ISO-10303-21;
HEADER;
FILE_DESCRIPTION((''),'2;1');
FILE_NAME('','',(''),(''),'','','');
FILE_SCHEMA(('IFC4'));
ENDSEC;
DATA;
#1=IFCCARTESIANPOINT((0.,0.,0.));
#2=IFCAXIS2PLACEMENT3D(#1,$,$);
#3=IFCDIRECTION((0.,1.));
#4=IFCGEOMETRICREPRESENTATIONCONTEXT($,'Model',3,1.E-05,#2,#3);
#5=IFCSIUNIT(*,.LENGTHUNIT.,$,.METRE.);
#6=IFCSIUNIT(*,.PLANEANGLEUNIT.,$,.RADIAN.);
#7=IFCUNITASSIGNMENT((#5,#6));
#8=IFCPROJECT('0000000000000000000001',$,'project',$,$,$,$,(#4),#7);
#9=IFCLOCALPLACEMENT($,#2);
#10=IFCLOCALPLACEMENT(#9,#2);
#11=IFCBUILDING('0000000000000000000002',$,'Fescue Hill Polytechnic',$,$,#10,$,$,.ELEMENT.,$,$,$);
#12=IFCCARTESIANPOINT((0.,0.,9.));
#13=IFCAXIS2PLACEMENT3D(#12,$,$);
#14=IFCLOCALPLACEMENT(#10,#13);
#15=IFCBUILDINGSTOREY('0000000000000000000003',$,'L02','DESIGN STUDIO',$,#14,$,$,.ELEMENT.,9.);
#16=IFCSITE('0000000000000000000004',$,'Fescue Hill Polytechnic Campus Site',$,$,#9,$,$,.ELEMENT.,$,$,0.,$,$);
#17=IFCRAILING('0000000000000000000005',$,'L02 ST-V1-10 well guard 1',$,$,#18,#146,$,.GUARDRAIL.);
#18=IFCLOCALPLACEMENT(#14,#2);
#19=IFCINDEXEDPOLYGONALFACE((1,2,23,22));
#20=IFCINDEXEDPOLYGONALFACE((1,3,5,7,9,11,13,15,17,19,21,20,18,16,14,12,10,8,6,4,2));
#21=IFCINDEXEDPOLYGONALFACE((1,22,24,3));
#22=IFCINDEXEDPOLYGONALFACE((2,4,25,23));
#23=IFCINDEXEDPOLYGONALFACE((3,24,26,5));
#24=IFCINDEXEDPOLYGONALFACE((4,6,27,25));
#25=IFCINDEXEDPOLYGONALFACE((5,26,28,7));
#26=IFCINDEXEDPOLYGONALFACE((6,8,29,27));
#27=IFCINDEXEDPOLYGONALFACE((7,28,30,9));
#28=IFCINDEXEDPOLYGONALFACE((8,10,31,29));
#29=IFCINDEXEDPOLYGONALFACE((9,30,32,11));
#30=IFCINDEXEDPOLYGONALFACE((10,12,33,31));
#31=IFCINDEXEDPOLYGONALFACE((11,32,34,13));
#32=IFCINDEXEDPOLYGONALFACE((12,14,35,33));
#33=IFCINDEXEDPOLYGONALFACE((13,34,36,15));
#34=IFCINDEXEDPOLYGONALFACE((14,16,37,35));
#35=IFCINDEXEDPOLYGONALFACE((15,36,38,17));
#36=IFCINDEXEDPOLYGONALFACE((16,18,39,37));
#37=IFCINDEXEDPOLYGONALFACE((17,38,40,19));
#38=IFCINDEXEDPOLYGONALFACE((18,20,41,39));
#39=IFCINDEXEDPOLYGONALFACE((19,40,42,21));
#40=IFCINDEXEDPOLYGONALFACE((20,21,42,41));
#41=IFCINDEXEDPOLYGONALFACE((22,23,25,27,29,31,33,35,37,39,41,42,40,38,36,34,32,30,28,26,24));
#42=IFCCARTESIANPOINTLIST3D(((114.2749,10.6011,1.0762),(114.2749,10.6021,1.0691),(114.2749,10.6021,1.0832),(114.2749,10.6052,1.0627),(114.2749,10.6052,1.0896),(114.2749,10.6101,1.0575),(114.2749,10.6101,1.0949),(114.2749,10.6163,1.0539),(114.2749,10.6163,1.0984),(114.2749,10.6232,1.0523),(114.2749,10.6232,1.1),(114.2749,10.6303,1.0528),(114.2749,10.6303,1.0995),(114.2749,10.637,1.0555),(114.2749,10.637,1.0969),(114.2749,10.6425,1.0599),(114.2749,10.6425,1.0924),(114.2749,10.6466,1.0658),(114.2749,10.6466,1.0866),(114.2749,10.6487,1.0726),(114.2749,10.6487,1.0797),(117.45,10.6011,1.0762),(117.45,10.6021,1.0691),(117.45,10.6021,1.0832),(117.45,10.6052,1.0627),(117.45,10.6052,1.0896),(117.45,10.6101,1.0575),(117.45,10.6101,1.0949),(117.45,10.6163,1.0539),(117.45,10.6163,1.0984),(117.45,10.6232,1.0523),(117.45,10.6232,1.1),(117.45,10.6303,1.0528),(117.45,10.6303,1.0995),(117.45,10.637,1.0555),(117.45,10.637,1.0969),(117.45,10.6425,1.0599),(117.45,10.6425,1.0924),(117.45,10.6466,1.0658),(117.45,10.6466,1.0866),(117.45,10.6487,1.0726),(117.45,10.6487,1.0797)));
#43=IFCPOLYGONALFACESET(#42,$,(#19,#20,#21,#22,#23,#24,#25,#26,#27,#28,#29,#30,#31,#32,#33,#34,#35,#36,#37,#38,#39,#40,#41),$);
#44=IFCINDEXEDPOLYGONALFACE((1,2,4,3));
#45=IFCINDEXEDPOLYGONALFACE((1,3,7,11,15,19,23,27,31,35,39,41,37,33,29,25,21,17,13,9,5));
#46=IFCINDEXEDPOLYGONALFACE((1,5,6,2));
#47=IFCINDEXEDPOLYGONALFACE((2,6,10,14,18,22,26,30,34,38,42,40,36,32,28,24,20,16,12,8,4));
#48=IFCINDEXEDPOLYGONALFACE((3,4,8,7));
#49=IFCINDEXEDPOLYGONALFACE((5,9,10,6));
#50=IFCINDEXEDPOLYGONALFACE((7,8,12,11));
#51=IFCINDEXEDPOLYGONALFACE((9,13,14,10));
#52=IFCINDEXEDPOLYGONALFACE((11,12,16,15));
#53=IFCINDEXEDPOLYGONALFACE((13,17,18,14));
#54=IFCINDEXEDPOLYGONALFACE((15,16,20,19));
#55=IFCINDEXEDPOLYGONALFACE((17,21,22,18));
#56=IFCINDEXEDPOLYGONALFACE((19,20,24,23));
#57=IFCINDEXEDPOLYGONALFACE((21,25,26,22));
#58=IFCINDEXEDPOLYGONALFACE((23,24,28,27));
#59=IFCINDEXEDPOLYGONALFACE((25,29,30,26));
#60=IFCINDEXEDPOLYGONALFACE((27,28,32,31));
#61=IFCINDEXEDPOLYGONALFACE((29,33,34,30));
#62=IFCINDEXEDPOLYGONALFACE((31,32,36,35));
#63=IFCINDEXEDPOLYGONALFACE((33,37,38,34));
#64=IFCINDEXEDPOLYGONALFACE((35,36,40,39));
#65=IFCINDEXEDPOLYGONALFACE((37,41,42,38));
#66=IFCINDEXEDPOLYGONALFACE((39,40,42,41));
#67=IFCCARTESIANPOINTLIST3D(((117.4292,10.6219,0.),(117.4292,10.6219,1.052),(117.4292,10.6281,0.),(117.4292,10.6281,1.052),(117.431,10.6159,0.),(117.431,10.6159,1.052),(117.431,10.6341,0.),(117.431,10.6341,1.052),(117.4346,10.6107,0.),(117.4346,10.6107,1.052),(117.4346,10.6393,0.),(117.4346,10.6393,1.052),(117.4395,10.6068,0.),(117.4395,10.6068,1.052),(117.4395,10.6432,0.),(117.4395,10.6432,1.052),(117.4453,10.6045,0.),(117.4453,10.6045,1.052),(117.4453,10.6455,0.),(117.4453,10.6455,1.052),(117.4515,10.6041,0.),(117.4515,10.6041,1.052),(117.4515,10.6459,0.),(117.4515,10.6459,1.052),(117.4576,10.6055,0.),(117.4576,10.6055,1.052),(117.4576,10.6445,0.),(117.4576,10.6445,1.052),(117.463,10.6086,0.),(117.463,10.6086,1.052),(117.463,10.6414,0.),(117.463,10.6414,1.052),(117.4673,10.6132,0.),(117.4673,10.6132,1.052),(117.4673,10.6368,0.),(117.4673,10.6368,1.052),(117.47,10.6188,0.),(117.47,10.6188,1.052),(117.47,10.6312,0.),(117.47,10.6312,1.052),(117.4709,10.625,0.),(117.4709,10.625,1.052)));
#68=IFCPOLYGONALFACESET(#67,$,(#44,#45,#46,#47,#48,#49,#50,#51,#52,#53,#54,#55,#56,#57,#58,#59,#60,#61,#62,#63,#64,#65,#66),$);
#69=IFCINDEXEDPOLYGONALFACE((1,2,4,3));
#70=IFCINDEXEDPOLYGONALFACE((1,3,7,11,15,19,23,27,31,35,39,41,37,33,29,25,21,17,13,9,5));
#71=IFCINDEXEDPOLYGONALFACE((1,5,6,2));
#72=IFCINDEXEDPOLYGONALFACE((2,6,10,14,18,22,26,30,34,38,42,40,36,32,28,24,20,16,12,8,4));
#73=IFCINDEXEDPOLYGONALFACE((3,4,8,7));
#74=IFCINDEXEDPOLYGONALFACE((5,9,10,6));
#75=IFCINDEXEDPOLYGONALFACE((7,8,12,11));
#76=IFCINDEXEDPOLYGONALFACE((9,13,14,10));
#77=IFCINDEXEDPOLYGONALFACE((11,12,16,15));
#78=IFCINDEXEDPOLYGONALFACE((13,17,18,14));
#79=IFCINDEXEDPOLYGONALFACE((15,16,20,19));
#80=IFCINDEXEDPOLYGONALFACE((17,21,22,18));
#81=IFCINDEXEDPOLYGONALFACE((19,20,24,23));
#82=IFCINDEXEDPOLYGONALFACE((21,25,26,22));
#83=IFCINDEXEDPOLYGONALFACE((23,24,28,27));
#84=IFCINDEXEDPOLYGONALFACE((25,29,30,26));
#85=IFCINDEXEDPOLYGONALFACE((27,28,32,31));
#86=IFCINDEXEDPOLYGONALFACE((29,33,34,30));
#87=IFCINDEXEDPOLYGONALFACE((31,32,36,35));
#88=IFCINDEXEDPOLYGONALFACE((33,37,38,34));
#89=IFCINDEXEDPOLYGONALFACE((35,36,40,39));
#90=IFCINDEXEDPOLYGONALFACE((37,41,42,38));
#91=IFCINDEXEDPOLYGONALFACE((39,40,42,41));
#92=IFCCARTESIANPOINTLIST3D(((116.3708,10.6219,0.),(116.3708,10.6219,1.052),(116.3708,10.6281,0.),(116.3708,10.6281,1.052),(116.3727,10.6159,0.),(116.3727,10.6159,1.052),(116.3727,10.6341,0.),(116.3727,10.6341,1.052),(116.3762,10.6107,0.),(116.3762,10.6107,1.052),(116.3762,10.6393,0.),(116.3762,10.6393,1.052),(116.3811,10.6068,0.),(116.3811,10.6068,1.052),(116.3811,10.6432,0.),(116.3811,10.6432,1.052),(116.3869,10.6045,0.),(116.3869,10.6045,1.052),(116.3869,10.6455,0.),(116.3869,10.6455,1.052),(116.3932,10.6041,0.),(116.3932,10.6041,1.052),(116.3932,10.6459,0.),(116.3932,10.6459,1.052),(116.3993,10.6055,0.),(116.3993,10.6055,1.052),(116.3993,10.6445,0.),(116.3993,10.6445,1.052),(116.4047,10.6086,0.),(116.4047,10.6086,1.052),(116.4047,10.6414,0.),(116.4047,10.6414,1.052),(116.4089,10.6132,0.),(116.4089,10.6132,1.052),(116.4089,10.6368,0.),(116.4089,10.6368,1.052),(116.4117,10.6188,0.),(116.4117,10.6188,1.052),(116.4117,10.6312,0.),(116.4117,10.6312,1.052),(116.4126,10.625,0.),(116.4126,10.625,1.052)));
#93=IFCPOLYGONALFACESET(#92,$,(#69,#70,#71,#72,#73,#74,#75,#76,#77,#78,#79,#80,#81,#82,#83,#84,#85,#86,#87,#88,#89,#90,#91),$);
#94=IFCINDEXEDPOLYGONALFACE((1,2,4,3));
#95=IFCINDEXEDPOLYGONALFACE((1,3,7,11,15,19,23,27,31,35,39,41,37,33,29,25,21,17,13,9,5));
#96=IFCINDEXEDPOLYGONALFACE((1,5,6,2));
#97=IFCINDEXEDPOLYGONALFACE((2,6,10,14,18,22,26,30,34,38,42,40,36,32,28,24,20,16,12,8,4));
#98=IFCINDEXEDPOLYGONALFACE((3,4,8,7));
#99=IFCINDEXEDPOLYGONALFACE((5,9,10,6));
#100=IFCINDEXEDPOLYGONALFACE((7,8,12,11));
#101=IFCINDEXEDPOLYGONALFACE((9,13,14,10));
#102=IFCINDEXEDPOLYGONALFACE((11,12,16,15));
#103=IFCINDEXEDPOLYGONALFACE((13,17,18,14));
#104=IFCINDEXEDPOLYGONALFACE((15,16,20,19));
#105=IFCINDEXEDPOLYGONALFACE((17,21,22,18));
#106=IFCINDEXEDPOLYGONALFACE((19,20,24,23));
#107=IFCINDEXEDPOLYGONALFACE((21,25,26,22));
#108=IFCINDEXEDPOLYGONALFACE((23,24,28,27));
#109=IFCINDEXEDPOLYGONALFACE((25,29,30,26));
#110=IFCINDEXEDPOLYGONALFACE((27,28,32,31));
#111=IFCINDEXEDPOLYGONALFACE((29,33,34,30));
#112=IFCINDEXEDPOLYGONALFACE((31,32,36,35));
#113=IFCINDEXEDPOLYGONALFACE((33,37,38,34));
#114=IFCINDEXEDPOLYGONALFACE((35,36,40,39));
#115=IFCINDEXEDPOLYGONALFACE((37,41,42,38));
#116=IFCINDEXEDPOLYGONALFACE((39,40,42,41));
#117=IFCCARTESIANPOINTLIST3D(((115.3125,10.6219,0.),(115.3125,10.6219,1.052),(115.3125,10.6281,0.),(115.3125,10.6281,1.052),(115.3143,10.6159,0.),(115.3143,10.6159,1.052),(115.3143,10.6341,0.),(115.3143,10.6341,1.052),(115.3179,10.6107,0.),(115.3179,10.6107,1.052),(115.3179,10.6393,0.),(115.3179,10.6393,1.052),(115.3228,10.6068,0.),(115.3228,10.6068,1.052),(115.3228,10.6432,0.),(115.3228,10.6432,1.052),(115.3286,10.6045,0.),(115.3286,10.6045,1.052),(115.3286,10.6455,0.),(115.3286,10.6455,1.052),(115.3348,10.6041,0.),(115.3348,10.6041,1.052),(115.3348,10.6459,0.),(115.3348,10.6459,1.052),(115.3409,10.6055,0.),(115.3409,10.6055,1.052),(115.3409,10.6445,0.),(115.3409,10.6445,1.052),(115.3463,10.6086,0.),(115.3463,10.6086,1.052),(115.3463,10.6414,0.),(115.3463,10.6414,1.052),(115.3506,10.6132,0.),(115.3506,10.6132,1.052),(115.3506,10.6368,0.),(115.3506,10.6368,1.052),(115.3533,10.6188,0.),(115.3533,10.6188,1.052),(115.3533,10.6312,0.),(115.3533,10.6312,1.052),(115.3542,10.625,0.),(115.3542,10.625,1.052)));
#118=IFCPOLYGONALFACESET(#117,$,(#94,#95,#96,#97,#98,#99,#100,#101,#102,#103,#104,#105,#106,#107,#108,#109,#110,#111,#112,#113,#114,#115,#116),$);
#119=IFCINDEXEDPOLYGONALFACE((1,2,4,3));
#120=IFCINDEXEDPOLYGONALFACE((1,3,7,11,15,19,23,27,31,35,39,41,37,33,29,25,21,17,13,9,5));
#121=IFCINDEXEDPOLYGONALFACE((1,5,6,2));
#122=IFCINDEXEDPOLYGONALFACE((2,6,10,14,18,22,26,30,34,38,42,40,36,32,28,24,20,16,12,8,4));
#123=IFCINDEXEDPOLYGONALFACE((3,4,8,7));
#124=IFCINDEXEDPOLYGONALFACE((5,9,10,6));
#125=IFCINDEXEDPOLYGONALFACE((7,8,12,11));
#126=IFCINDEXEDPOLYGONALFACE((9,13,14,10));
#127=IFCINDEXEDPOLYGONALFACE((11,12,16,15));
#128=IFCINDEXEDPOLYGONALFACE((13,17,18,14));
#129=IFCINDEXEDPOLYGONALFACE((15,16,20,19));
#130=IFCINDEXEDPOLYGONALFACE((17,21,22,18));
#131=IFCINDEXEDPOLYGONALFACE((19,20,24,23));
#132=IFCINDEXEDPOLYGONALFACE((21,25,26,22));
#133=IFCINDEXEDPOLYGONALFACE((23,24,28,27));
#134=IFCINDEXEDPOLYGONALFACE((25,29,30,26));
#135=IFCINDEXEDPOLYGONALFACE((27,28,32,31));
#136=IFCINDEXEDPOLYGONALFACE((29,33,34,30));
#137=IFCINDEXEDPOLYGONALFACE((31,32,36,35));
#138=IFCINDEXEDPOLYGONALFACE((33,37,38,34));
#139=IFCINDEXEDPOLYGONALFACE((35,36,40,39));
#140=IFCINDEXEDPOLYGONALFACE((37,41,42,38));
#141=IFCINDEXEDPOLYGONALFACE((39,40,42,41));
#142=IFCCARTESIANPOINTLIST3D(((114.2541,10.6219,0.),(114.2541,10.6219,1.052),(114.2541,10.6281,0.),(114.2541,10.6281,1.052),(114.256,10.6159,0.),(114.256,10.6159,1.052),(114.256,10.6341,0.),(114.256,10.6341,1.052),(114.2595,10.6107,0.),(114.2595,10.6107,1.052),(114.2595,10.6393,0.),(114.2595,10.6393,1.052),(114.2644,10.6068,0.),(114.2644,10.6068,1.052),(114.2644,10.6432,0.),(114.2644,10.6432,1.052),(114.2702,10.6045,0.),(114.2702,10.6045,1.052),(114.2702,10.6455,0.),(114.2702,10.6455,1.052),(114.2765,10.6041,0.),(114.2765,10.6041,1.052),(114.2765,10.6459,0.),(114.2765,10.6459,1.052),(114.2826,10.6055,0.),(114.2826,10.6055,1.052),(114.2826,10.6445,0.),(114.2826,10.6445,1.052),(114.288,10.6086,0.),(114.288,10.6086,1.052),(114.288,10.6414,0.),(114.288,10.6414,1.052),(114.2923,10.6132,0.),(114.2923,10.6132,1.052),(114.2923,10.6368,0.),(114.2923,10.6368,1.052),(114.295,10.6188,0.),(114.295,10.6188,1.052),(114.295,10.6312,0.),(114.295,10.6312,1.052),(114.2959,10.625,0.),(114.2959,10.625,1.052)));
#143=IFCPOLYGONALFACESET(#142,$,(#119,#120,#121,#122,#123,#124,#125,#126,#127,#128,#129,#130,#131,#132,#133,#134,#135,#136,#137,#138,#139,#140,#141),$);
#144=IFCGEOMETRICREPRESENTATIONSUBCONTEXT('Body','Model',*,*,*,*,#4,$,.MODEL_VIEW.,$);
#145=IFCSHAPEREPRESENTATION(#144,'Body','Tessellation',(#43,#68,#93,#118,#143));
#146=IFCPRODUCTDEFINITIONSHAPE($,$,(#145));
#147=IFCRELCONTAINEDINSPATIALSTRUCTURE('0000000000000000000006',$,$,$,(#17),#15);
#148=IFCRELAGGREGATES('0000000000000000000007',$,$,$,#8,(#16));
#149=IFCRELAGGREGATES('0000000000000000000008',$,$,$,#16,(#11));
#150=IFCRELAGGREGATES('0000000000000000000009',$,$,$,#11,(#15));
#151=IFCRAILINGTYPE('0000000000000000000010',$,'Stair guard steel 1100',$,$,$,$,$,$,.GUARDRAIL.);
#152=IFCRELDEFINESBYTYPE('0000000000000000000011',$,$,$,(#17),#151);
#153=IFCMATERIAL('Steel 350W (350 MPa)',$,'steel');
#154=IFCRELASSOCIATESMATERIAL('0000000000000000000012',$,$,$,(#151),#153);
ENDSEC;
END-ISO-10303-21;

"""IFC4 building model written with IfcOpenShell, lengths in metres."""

from ifc_helpers import new_model, si_unit, direction, frame, origin, origin_2d, place, context, subcontext, project, spatial, circle, extrude, material, type_object, element, save


model = new_model("IFC4")

# Units and contexts
model_context = context("Model", 3, precision=1e-05, world=origin(), true_north=direction((0.0, 1.0)))
body_context = subcontext(model_context, "Body", "Model", "MODEL_VIEW")
ifc_project = project(units=[si_unit("LENGTHUNIT", "METRE"), si_unit("PLANEANGLEUNIT", "RADIAN")], contexts=[model_context])

# Site, building, storey
site_placement = place(None, origin())
site = spatial("IfcSite", under=ifc_project, at=site_placement, Name="Fescue Hill Polytechnic Campus Site", CompositionType="ELEMENT", RefElevation=0.0)
building_placement = place(site_placement, origin())
building = spatial("IfcBuilding", under=site, at=building_placement, Name="Fescue Hill Polytechnic", CompositionType="ELEMENT")
storey_placement = place(building_placement, frame((0.0, 0.0, 9.0)))
storey = spatial("IfcBuildingStorey", under=building, at=storey_placement, Name="L02", Description="DESIGN STUDIO", CompositionType="ELEMENT", Elevation=9.0)

# Shared definitions
ifc_material_1 = material(Name="Steel 350W (350 MPa)", Category="steel")

# Railing
railing_type = type_object("IfcRailingType", Name="Stair guard steel 1100", PredefinedType="GUARDRAIL", material=ifc_material_1)
railing_placement = place(storey_placement, frame((117.45, 10.625, 0.0)))
element("IfcRailing", 1, at=railing_placement, inside=storey, type_object=railing_type, Name="L02 ST-V1-10 well guard 1", PredefinedType="GUARDRAIL", context=body_context, shape_type="SweptSolid", body=[
    extrude(circle(Radius=0.0239, at=origin_2d()), frame((0.0, 0.0, 1.0762), z_axis=(-1.0, 0.0, 0.0), x_axis=(0.0, -1.0, 0.0)), (0.0, 0.0, 1.0), 3.175),
    extrude(circle(Radius=0.021, at=origin_2d()), origin(), (0.0, 0.0, 1.0), 1.052),
    extrude(circle(Radius=0.021, at=origin_2d()), frame((-1.0583, 0.0, 0.0)), (0.0, 0.0, 1.0), 1.052),
    extrude(circle(Radius=0.021, at=origin_2d()), frame((-2.1167, 0.0, 0.0)), (0.0, 0.0, 1.0), 1.052),
    extrude(circle(Radius=0.021, at=origin_2d()), frame((-3.175, 0.0, 0.0)), (0.0, 0.0, 1.0), 1.052),
])

save(model, "model.ifc")
